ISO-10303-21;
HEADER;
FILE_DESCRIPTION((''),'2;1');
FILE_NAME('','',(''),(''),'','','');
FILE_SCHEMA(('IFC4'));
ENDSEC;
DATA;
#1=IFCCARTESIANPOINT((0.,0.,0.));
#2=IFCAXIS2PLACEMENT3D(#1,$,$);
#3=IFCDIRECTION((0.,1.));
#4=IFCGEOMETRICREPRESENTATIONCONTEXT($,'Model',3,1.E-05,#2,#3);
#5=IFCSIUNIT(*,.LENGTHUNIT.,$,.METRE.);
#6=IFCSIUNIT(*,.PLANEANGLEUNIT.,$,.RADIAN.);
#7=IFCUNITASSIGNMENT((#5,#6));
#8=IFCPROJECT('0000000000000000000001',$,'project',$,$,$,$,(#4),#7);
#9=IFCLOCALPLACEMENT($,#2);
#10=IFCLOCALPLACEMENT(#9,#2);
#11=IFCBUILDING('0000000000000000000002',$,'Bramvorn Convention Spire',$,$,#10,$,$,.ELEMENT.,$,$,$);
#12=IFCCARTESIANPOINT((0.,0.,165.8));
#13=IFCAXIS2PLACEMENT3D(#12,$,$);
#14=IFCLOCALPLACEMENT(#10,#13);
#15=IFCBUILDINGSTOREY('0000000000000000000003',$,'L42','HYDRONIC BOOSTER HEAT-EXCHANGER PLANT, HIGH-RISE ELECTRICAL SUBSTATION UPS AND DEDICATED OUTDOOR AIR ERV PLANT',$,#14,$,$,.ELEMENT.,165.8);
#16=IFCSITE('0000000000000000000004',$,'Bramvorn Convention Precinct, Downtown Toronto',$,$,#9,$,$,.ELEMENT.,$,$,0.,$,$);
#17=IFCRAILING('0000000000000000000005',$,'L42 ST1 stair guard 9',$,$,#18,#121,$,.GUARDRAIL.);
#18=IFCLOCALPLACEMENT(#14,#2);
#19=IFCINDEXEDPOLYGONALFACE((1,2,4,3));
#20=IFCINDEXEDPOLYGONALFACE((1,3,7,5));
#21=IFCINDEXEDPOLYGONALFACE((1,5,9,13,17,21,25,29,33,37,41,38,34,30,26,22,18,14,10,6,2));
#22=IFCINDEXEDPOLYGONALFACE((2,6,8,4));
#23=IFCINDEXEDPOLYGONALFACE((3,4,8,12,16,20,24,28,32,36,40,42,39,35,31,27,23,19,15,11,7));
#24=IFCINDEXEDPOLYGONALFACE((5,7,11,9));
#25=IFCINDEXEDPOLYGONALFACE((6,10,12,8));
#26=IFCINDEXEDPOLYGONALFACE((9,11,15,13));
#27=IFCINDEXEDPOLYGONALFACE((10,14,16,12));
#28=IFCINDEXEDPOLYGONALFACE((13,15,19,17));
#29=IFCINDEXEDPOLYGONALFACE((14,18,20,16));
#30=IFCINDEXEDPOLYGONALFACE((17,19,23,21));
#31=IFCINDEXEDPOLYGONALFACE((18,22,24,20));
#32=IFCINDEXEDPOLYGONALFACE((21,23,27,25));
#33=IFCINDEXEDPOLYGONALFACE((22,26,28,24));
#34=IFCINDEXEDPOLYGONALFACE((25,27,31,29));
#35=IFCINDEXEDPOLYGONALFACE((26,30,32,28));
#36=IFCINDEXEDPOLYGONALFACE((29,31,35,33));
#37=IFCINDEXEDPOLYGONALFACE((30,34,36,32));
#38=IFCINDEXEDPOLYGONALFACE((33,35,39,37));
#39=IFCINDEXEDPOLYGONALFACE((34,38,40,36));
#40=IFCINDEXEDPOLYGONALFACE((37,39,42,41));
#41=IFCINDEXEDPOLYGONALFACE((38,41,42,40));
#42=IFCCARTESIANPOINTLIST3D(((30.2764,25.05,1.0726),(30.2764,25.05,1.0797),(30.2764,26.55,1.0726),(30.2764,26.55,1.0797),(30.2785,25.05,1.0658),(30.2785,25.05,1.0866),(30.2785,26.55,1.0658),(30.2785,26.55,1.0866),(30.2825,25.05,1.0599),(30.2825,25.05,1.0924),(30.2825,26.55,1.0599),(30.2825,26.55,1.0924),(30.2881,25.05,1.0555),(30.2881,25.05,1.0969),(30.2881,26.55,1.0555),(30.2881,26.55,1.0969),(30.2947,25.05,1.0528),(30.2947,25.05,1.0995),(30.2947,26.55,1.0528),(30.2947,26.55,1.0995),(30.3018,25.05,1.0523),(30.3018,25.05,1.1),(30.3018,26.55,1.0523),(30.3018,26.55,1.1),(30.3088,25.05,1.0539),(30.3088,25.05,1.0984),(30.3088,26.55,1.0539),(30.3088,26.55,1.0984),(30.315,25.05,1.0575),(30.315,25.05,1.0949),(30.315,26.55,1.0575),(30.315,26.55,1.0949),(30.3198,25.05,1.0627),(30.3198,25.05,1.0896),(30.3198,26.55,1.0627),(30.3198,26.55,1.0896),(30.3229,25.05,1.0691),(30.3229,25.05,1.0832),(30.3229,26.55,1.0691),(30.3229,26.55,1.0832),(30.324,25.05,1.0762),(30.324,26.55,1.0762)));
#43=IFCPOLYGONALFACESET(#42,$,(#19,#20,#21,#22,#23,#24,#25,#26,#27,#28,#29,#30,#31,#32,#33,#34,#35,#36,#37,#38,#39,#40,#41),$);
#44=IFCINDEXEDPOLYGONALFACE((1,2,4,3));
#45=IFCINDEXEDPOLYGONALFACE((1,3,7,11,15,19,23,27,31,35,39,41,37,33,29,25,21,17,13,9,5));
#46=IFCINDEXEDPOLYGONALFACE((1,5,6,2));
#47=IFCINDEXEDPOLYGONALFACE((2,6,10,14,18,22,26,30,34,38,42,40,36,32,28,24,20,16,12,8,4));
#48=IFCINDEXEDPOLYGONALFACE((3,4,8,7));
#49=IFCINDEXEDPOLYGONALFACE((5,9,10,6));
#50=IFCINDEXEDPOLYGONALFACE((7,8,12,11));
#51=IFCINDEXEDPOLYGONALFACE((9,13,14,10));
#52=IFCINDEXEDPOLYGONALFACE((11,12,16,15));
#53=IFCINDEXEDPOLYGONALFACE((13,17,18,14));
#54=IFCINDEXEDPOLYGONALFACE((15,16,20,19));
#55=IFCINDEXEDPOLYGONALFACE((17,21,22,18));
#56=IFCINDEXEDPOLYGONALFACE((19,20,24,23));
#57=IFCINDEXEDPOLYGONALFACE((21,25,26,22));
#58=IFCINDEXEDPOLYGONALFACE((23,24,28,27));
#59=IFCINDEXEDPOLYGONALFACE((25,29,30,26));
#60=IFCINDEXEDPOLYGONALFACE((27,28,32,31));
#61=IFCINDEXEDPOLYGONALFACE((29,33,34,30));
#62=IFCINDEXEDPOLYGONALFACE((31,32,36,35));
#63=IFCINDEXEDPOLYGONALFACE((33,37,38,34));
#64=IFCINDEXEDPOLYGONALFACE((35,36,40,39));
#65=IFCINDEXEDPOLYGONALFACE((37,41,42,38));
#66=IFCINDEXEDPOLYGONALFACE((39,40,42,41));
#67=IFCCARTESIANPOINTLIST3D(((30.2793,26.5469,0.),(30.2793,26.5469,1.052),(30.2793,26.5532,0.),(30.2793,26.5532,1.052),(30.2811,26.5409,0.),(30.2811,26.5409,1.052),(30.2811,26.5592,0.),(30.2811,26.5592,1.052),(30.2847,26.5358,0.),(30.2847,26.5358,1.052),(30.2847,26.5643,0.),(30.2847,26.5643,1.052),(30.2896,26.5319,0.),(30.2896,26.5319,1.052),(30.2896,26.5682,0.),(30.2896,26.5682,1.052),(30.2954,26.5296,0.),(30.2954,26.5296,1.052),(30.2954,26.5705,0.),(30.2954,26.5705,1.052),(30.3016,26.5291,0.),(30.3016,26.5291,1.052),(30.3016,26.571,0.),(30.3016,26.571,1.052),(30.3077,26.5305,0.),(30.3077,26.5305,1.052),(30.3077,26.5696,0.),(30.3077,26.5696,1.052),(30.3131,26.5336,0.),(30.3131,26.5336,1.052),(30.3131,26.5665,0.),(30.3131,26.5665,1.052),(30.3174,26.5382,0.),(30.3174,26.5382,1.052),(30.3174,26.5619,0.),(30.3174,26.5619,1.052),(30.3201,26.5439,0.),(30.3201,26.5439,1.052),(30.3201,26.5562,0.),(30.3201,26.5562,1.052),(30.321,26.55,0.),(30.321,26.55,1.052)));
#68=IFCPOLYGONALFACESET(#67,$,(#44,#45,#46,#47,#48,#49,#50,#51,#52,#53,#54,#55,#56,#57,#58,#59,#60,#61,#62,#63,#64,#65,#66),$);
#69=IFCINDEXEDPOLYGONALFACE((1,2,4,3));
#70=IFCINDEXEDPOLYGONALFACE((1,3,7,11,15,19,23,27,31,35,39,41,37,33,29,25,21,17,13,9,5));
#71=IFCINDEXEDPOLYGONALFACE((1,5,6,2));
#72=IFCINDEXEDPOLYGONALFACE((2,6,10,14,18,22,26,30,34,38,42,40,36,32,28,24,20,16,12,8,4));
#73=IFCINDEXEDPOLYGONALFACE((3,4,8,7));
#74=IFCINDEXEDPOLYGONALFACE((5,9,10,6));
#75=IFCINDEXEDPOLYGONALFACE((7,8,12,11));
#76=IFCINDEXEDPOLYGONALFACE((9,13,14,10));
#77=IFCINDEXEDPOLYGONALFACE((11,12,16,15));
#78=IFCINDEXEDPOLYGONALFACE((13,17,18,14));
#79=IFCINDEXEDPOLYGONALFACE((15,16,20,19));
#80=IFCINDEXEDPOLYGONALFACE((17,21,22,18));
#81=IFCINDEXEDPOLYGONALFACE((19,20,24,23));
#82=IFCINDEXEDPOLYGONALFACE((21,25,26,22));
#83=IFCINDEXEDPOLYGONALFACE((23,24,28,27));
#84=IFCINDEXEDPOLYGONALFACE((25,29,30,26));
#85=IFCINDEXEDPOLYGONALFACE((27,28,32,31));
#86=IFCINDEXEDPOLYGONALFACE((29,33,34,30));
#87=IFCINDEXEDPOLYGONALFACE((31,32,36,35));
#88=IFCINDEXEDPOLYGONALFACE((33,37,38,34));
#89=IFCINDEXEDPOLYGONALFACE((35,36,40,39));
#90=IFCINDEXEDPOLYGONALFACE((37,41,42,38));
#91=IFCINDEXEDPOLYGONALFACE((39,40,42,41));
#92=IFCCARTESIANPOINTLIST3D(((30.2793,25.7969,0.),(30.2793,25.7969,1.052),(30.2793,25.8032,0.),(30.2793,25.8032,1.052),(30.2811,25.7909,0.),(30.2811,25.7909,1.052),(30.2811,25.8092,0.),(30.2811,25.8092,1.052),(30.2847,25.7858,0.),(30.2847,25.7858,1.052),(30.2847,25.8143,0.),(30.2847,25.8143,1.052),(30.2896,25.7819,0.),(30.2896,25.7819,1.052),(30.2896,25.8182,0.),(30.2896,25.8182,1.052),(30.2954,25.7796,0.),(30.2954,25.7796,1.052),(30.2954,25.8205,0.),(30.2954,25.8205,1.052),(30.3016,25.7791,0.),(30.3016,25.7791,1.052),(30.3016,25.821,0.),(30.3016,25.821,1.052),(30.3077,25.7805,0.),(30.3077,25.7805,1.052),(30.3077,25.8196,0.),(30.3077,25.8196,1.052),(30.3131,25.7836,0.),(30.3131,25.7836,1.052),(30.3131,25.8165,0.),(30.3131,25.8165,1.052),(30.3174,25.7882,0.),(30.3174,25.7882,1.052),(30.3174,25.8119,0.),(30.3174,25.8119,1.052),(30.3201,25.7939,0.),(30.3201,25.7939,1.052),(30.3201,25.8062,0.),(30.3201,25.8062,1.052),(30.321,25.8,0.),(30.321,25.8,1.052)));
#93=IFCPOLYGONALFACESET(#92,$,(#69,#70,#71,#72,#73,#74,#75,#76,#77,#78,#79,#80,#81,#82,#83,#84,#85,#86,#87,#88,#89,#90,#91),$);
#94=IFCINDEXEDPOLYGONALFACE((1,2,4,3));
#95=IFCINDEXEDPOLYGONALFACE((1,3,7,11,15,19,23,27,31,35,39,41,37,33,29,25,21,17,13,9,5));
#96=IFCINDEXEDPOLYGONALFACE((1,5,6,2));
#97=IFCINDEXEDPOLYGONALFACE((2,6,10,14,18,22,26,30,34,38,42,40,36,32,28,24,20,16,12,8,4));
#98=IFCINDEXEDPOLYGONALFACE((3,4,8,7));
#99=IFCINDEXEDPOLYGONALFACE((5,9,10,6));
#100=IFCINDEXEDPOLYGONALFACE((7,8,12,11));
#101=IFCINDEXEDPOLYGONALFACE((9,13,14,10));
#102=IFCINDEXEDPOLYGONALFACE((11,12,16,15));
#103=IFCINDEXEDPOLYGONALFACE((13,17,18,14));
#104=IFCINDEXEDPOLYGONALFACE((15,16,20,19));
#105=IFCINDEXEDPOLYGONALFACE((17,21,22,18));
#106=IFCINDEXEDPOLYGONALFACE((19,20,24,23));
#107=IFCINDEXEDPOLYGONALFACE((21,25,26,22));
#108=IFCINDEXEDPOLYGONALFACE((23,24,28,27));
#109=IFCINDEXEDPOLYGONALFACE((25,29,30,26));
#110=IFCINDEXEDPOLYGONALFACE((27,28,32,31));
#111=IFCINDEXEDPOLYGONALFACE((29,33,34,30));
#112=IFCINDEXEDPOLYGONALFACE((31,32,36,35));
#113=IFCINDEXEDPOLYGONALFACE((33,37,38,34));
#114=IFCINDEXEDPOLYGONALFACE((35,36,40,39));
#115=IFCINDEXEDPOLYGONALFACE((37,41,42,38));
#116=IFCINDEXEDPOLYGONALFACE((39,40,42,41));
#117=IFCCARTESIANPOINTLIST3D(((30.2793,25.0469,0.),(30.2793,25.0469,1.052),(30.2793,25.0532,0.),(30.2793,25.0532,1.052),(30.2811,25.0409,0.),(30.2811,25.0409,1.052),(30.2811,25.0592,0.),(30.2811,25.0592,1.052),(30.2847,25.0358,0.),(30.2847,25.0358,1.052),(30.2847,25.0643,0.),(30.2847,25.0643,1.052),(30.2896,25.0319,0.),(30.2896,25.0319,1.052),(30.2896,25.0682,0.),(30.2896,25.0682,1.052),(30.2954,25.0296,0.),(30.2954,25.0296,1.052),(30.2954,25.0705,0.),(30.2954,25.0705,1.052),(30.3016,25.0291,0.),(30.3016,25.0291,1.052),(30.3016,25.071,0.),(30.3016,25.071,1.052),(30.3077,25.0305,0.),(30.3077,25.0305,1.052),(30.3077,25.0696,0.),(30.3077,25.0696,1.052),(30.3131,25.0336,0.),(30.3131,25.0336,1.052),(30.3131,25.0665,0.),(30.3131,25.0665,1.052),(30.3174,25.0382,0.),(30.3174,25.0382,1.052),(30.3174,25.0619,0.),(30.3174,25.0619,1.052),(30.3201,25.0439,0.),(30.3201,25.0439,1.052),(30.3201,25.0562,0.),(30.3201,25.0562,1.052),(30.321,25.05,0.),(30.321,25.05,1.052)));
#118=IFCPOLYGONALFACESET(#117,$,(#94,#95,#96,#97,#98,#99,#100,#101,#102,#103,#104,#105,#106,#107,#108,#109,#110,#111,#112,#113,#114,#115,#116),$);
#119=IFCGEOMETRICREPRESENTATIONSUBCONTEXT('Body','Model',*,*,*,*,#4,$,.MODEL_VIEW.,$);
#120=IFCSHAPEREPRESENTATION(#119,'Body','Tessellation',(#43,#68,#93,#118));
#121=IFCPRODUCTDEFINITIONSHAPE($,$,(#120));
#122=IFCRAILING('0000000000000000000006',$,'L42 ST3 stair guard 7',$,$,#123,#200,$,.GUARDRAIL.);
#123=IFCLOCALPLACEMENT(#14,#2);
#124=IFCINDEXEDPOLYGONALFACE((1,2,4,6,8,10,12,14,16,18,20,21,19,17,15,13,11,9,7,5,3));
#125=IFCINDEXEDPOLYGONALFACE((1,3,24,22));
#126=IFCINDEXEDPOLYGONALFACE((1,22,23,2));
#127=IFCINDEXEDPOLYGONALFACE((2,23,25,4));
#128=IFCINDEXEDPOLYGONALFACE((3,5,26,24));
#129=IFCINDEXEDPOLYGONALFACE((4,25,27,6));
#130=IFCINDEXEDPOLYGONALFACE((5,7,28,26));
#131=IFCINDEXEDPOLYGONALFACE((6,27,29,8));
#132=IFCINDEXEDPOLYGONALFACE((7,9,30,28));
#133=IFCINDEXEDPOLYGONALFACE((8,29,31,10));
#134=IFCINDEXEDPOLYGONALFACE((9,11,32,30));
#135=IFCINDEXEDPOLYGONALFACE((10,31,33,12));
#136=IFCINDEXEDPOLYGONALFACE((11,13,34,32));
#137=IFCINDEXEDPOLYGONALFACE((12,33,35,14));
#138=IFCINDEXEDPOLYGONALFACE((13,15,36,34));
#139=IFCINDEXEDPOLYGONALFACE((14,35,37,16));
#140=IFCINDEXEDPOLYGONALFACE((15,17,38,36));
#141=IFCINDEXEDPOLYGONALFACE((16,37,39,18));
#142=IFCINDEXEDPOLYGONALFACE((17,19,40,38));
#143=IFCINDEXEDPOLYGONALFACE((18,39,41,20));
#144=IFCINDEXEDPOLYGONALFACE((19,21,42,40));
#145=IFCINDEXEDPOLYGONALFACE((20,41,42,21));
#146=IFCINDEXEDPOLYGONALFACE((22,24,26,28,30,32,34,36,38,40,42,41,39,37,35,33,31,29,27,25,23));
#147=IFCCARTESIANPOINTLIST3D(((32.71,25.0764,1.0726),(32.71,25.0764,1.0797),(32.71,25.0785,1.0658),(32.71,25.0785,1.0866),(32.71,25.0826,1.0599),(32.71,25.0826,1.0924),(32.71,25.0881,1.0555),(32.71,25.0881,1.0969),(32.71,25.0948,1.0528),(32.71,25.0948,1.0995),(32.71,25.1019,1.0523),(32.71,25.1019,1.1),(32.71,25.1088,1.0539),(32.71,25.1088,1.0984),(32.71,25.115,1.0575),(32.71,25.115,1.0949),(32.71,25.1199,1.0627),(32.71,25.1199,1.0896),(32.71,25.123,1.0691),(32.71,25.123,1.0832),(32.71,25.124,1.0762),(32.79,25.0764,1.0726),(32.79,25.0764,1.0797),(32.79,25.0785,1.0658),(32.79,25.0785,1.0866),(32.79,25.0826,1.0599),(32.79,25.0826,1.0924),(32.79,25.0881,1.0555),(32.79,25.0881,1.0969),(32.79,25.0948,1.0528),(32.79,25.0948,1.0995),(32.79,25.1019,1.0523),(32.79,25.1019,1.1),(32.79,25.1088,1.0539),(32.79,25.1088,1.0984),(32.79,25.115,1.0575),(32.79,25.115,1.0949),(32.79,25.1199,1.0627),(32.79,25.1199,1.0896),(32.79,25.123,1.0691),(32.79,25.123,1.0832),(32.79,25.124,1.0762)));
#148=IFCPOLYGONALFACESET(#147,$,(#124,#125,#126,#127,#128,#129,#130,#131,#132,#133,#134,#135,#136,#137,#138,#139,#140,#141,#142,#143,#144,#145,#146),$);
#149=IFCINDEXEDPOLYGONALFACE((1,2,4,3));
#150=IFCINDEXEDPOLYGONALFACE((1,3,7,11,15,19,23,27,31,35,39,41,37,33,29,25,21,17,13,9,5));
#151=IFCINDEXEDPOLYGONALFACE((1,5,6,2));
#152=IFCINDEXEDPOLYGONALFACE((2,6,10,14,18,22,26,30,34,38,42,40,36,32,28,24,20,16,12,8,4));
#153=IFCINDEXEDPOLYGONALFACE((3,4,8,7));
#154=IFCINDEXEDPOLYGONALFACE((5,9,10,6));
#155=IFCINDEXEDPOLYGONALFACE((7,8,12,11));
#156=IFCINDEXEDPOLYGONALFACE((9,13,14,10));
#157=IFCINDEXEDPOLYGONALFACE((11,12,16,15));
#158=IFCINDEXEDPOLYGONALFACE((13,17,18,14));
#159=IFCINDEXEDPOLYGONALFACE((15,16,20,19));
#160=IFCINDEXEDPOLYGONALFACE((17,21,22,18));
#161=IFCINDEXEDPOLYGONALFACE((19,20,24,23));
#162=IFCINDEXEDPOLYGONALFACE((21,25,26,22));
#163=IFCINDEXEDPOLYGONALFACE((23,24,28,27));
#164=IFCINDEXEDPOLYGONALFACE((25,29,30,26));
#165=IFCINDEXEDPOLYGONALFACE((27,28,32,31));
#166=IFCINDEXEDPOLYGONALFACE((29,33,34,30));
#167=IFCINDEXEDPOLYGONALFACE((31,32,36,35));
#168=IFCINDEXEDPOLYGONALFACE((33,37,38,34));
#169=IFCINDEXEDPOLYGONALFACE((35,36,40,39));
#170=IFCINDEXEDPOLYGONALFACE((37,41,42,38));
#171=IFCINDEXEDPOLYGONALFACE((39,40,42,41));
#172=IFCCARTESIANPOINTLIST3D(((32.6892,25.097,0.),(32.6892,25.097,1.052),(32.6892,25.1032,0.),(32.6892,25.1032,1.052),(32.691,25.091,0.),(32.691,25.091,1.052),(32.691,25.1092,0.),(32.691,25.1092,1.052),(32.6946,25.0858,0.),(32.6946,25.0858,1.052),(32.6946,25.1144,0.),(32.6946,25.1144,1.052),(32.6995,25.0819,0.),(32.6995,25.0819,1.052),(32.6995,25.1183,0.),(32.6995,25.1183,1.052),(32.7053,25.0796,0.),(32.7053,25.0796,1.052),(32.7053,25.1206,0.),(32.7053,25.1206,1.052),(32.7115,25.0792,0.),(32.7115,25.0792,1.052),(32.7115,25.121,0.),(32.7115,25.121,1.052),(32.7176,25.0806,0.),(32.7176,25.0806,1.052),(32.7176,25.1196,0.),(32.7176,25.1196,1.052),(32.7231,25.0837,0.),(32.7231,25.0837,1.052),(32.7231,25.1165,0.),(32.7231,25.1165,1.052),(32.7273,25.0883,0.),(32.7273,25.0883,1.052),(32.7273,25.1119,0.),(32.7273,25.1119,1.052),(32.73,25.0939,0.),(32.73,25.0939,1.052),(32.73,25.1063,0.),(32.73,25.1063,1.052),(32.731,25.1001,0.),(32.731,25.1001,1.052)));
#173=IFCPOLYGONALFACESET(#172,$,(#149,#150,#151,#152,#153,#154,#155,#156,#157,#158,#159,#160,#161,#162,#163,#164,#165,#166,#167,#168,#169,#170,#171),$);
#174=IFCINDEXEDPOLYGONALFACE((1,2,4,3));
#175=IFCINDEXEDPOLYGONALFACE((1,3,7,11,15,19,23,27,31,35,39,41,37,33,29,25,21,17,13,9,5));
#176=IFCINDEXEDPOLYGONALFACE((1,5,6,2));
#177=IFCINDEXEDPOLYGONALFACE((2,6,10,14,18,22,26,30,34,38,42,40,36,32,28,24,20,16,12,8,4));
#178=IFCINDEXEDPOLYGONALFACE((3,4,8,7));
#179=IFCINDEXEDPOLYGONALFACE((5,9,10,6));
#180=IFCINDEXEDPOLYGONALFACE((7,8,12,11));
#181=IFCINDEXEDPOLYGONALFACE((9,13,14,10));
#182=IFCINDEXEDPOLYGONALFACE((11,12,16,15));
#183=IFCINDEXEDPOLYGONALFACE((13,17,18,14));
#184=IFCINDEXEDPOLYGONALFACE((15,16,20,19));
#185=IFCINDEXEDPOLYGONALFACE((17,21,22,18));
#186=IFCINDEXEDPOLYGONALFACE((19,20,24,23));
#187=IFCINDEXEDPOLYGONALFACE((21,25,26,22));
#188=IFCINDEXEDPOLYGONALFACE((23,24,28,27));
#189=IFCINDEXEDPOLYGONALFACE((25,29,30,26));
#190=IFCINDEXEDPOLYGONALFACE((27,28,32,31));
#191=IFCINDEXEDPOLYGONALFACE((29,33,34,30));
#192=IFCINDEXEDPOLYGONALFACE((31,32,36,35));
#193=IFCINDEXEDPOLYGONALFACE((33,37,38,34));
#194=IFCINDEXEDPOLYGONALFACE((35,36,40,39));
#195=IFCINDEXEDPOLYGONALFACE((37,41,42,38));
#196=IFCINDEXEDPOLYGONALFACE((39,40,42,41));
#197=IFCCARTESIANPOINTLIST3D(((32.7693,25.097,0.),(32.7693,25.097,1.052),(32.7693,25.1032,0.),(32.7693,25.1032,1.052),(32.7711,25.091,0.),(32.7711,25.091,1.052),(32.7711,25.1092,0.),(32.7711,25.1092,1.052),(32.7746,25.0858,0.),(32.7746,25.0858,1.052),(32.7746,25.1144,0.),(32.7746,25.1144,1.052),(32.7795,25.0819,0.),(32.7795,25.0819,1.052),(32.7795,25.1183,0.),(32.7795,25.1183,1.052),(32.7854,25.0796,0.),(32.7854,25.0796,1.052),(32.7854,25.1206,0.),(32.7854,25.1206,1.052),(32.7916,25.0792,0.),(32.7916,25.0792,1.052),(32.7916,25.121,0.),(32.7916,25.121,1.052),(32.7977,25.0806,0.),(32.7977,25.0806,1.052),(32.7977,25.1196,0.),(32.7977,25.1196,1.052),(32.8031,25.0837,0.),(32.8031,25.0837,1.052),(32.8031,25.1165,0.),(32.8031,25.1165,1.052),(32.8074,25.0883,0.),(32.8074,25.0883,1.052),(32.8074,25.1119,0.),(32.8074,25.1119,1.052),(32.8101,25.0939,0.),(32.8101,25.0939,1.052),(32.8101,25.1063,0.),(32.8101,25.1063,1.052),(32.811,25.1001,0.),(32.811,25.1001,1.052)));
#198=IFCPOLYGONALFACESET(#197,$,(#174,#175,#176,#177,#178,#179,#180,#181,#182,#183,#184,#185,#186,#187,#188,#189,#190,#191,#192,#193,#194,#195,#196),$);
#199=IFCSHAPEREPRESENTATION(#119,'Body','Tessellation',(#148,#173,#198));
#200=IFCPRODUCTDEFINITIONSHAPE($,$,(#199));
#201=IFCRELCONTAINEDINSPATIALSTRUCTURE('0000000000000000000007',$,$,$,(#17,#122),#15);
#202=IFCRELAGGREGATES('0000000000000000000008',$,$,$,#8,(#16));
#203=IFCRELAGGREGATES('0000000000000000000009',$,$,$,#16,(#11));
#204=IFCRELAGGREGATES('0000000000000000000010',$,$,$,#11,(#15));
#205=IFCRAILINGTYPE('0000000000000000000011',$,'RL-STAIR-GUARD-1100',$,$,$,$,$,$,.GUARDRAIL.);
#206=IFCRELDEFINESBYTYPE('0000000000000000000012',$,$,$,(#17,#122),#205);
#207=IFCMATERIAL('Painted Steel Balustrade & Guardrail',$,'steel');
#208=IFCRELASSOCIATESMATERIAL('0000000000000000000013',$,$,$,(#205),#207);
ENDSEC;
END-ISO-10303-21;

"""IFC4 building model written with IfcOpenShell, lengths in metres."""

from ifc_helpers import new_model, si_unit, direction, frame, origin, origin_2d, place, context, subcontext, project, spatial, circle, extrude, material, type_object, element, save


model = new_model("IFC4")

# Units and contexts
model_context = context("Model", 3, precision=1e-05, world=origin(), true_north=direction((0.0, 1.0)))
body_context = subcontext(model_context, "Body", "Model", "MODEL_VIEW")
ifc_project = project(units=[si_unit("LENGTHUNIT", "METRE"), si_unit("PLANEANGLEUNIT", "RADIAN")], contexts=[model_context])

# Site, building, storey
site_placement = place(None, origin())
site = spatial("IfcSite", under=ifc_project, at=site_placement, Name="Bramvorn Convention Precinct, Downtown Toronto", CompositionType="ELEMENT", RefElevation=0.0)
building_placement = place(site_placement, origin())
building = spatial("IfcBuilding", under=site, at=building_placement, Name="Bramvorn Convention Spire", CompositionType="ELEMENT")
storey_placement = place(building_placement, frame((0.0, 0.0, 165.8)))
storey = spatial("IfcBuildingStorey", under=building, at=storey_placement, Name="L42", Description="HYDRONIC BOOSTER HEAT-EXCHANGER PLANT, HIGH-RISE ELECTRICAL SUBSTATION UPS AND DEDICATED OUTDOOR AIR ERV PLANT", CompositionType="ELEMENT", Elevation=165.8)

# Railings
ifc_material_1 = material(Name="Painted Steel Balustrade & Guardrail", Category="steel")
railing_type = type_object("IfcRailingType", Name="RL-STAIR-GUARD-1100", PredefinedType="GUARDRAIL", material=ifc_material_1)
for number, where, name in (
    (1, (30.3, 26.55, 0.0), "L42 ST1 stair guard 9"),
):
    element("IfcRailing", number, at=place(storey_placement, frame(where)), inside=storey, type_object=railing_type, Name=name, PredefinedType="GUARDRAIL", context=body_context, shape_type="SweptSolid", body=[
        extrude(circle(Radius=0.0239, at=origin_2d()), frame((0.0, 0.0, 1.0762), z_axis=(0.0, -1.0, 0.0), x_axis=(1.0, 0.0, 0.0)), (0.0, 0.0, 1.0), 1.5),
        extrude(circle(Radius=0.021, at=origin_2d()), origin(), (0.0, 0.0, 1.0), 1.052),
        extrude(circle(Radius=0.021, at=origin_2d()), frame((0.0, -0.75, 0.0)), (0.0, 0.0, 1.0), 1.052),
        extrude(circle(Radius=0.021, at=origin_2d()), frame((0.0, -1.5, 0.0)), (0.0, 0.0, 1.0), 1.052),
    ])
railing_1_placement = place(storey_placement, frame((32.71, 25.1001, 0.0)))
element("IfcRailing", 2, at=railing_1_placement, inside=storey, type_object=railing_type, Name="L42 ST3 stair guard 7", PredefinedType="GUARDRAIL", context=body_context, shape_type="SweptSolid", body=[
    extrude(circle(Radius=0.0239, at=origin_2d()), frame((0.0, 0.0, 1.0762), z_axis=(1.0, 0.0, 0.0), x_axis=(0.0, 1.0, 0.0)), (0.0, 0.0, 1.0), 0.0801),
    extrude(circle(Radius=0.021, at=origin_2d()), origin(), (0.0, 0.0, 1.0), 1.052),
    extrude(circle(Radius=0.021, at=origin_2d()), frame((0.0801, 0.0, 0.0)), (0.0, 0.0, 1.0), 1.052),
])

save(model, "model.ifc")
